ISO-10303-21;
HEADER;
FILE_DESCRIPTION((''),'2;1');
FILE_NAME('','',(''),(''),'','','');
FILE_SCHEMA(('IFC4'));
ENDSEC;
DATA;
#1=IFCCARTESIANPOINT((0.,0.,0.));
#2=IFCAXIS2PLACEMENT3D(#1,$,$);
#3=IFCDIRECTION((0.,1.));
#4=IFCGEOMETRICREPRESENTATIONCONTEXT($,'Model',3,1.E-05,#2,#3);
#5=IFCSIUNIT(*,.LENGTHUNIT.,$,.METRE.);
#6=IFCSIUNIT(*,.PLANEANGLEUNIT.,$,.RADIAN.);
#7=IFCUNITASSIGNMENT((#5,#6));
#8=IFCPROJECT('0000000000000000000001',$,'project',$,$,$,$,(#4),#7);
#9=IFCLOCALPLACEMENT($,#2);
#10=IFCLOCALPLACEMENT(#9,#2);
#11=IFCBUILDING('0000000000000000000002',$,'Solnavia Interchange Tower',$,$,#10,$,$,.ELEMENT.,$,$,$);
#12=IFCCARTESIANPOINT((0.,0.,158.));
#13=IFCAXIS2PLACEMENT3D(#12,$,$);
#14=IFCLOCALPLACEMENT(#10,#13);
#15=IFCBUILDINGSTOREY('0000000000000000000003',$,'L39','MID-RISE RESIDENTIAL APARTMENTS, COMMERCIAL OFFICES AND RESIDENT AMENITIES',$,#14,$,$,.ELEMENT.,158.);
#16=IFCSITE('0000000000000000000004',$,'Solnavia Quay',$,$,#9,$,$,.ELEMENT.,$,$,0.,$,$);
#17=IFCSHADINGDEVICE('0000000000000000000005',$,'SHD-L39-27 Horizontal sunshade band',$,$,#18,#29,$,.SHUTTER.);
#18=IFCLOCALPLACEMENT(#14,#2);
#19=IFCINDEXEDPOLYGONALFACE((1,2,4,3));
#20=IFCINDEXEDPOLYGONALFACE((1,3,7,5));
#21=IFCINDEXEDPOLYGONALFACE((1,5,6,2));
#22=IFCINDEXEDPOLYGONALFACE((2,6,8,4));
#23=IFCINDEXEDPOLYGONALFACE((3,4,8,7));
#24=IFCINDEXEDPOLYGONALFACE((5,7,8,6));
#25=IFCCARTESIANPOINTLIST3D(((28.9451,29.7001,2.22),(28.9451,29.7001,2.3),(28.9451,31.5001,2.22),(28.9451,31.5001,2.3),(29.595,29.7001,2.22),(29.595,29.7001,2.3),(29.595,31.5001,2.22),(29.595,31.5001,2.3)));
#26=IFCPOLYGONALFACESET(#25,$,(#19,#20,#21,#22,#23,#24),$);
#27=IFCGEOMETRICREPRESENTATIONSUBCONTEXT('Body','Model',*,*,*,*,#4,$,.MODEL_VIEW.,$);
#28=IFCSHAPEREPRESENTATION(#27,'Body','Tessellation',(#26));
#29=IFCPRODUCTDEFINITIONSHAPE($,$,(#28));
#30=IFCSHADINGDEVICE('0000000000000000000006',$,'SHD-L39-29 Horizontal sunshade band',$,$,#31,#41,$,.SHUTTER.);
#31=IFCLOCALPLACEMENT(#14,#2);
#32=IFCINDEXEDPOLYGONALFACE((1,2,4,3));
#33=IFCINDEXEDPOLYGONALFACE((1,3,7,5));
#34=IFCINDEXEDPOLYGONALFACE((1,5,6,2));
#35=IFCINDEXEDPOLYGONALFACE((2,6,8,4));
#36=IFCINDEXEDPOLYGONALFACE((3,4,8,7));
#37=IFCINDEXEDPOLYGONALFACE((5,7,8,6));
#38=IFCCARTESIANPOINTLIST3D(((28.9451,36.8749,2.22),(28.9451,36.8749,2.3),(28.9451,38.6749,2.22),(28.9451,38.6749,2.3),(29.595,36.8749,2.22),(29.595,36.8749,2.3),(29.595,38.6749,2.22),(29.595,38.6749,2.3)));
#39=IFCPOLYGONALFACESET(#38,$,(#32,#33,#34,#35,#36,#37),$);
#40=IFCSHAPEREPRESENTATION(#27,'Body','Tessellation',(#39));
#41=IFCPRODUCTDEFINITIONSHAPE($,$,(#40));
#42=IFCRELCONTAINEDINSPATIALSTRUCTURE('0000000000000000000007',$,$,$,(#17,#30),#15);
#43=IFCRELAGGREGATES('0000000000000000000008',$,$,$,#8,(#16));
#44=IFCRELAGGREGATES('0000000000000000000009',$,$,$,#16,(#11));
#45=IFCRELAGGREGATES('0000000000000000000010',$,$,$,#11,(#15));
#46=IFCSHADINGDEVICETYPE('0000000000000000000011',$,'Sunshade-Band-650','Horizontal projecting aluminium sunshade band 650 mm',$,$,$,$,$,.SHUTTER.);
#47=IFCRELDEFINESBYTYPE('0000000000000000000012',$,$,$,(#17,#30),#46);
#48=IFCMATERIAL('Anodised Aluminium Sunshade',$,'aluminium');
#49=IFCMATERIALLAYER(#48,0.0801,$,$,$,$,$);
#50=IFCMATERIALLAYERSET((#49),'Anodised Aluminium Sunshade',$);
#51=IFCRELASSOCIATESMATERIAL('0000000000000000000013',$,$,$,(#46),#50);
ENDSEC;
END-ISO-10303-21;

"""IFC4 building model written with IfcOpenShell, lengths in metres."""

from ifc_helpers import new_model, si_unit, direction, frame, origin, origin_2d, place, context, subcontext, project, spatial, rectangle, extrude, material, layer, layer_set, type_object, element, save


model = new_model("IFC4")

# Units and contexts
model_context = context("Model", 3, precision=1e-05, world=origin(), true_north=direction((0.0, 1.0)))
body_context = subcontext(model_context, "Body", "Model", "MODEL_VIEW")
ifc_project = project(units=[si_unit("LENGTHUNIT", "METRE"), si_unit("PLANEANGLEUNIT", "RADIAN")], contexts=[model_context])

# Site, building, storey
site_placement = place(None, origin())
site = spatial("IfcSite", under=ifc_project, at=site_placement, Name="Solnavia Quay", CompositionType="ELEMENT", RefElevation=0.0)
building_placement = place(site_placement, origin())
building = spatial("IfcBuilding", under=site, at=building_placement, Name="Solnavia Interchange Tower", CompositionType="ELEMENT")
storey_placement = place(building_placement, frame((0.0, 0.0, 158.0)))
storey = spatial("IfcBuildingStorey", under=building, at=storey_placement, Name="L39", Description="MID-RISE RESIDENTIAL APARTMENTS, COMMERCIAL OFFICES AND RESIDENT AMENITIES", CompositionType="ELEMENT", Elevation=158.0)

# Shading devices
ifc_material_1 = material(Name="Anodised Aluminium Sunshade", Category="aluminium")
ifc_layer_1 = layer(ifc_material_1, 0.0801)
ifc_layer_set_1 = layer_set([ifc_layer_1], Name="Anodised Aluminium Sunshade")
shading_device_type = type_object("IfcShadingDeviceType", Name="Sunshade-Band-650", Description="Horizontal projecting aluminium sunshade band 650 mm", PredefinedType="SHUTTER", material=ifc_layer_set_1)
for number, where, z_axis, x_axis, name in (
    (1, (29.27, 30.6001, 2.22), (0.0, 0.0, 1.0), (0.0, -1.0, 0.0), "SHD-L39-27 Horizontal sunshade band"),
    (2, (29.27, 37.7749, 2.22), (0.0, 0.0, 1.0), (0.0, -1.0, 0.0), "SHD-L39-29 Horizontal sunshade band"),
):
    element("IfcShadingDevice", number, at=place(storey_placement, frame(where, z_axis=z_axis, x_axis=x_axis)), inside=storey, type_object=shading_device_type, Name=name, PredefinedType="SHUTTER", context=body_context, shape_type="SweptSolid", body=[
        extrude(rectangle(XDim=1.8, YDim=0.6499, at=origin_2d()), origin(), (0.0, 0.0, 1.0), 0.0801),
    ])

save(model, "model.ifc")
